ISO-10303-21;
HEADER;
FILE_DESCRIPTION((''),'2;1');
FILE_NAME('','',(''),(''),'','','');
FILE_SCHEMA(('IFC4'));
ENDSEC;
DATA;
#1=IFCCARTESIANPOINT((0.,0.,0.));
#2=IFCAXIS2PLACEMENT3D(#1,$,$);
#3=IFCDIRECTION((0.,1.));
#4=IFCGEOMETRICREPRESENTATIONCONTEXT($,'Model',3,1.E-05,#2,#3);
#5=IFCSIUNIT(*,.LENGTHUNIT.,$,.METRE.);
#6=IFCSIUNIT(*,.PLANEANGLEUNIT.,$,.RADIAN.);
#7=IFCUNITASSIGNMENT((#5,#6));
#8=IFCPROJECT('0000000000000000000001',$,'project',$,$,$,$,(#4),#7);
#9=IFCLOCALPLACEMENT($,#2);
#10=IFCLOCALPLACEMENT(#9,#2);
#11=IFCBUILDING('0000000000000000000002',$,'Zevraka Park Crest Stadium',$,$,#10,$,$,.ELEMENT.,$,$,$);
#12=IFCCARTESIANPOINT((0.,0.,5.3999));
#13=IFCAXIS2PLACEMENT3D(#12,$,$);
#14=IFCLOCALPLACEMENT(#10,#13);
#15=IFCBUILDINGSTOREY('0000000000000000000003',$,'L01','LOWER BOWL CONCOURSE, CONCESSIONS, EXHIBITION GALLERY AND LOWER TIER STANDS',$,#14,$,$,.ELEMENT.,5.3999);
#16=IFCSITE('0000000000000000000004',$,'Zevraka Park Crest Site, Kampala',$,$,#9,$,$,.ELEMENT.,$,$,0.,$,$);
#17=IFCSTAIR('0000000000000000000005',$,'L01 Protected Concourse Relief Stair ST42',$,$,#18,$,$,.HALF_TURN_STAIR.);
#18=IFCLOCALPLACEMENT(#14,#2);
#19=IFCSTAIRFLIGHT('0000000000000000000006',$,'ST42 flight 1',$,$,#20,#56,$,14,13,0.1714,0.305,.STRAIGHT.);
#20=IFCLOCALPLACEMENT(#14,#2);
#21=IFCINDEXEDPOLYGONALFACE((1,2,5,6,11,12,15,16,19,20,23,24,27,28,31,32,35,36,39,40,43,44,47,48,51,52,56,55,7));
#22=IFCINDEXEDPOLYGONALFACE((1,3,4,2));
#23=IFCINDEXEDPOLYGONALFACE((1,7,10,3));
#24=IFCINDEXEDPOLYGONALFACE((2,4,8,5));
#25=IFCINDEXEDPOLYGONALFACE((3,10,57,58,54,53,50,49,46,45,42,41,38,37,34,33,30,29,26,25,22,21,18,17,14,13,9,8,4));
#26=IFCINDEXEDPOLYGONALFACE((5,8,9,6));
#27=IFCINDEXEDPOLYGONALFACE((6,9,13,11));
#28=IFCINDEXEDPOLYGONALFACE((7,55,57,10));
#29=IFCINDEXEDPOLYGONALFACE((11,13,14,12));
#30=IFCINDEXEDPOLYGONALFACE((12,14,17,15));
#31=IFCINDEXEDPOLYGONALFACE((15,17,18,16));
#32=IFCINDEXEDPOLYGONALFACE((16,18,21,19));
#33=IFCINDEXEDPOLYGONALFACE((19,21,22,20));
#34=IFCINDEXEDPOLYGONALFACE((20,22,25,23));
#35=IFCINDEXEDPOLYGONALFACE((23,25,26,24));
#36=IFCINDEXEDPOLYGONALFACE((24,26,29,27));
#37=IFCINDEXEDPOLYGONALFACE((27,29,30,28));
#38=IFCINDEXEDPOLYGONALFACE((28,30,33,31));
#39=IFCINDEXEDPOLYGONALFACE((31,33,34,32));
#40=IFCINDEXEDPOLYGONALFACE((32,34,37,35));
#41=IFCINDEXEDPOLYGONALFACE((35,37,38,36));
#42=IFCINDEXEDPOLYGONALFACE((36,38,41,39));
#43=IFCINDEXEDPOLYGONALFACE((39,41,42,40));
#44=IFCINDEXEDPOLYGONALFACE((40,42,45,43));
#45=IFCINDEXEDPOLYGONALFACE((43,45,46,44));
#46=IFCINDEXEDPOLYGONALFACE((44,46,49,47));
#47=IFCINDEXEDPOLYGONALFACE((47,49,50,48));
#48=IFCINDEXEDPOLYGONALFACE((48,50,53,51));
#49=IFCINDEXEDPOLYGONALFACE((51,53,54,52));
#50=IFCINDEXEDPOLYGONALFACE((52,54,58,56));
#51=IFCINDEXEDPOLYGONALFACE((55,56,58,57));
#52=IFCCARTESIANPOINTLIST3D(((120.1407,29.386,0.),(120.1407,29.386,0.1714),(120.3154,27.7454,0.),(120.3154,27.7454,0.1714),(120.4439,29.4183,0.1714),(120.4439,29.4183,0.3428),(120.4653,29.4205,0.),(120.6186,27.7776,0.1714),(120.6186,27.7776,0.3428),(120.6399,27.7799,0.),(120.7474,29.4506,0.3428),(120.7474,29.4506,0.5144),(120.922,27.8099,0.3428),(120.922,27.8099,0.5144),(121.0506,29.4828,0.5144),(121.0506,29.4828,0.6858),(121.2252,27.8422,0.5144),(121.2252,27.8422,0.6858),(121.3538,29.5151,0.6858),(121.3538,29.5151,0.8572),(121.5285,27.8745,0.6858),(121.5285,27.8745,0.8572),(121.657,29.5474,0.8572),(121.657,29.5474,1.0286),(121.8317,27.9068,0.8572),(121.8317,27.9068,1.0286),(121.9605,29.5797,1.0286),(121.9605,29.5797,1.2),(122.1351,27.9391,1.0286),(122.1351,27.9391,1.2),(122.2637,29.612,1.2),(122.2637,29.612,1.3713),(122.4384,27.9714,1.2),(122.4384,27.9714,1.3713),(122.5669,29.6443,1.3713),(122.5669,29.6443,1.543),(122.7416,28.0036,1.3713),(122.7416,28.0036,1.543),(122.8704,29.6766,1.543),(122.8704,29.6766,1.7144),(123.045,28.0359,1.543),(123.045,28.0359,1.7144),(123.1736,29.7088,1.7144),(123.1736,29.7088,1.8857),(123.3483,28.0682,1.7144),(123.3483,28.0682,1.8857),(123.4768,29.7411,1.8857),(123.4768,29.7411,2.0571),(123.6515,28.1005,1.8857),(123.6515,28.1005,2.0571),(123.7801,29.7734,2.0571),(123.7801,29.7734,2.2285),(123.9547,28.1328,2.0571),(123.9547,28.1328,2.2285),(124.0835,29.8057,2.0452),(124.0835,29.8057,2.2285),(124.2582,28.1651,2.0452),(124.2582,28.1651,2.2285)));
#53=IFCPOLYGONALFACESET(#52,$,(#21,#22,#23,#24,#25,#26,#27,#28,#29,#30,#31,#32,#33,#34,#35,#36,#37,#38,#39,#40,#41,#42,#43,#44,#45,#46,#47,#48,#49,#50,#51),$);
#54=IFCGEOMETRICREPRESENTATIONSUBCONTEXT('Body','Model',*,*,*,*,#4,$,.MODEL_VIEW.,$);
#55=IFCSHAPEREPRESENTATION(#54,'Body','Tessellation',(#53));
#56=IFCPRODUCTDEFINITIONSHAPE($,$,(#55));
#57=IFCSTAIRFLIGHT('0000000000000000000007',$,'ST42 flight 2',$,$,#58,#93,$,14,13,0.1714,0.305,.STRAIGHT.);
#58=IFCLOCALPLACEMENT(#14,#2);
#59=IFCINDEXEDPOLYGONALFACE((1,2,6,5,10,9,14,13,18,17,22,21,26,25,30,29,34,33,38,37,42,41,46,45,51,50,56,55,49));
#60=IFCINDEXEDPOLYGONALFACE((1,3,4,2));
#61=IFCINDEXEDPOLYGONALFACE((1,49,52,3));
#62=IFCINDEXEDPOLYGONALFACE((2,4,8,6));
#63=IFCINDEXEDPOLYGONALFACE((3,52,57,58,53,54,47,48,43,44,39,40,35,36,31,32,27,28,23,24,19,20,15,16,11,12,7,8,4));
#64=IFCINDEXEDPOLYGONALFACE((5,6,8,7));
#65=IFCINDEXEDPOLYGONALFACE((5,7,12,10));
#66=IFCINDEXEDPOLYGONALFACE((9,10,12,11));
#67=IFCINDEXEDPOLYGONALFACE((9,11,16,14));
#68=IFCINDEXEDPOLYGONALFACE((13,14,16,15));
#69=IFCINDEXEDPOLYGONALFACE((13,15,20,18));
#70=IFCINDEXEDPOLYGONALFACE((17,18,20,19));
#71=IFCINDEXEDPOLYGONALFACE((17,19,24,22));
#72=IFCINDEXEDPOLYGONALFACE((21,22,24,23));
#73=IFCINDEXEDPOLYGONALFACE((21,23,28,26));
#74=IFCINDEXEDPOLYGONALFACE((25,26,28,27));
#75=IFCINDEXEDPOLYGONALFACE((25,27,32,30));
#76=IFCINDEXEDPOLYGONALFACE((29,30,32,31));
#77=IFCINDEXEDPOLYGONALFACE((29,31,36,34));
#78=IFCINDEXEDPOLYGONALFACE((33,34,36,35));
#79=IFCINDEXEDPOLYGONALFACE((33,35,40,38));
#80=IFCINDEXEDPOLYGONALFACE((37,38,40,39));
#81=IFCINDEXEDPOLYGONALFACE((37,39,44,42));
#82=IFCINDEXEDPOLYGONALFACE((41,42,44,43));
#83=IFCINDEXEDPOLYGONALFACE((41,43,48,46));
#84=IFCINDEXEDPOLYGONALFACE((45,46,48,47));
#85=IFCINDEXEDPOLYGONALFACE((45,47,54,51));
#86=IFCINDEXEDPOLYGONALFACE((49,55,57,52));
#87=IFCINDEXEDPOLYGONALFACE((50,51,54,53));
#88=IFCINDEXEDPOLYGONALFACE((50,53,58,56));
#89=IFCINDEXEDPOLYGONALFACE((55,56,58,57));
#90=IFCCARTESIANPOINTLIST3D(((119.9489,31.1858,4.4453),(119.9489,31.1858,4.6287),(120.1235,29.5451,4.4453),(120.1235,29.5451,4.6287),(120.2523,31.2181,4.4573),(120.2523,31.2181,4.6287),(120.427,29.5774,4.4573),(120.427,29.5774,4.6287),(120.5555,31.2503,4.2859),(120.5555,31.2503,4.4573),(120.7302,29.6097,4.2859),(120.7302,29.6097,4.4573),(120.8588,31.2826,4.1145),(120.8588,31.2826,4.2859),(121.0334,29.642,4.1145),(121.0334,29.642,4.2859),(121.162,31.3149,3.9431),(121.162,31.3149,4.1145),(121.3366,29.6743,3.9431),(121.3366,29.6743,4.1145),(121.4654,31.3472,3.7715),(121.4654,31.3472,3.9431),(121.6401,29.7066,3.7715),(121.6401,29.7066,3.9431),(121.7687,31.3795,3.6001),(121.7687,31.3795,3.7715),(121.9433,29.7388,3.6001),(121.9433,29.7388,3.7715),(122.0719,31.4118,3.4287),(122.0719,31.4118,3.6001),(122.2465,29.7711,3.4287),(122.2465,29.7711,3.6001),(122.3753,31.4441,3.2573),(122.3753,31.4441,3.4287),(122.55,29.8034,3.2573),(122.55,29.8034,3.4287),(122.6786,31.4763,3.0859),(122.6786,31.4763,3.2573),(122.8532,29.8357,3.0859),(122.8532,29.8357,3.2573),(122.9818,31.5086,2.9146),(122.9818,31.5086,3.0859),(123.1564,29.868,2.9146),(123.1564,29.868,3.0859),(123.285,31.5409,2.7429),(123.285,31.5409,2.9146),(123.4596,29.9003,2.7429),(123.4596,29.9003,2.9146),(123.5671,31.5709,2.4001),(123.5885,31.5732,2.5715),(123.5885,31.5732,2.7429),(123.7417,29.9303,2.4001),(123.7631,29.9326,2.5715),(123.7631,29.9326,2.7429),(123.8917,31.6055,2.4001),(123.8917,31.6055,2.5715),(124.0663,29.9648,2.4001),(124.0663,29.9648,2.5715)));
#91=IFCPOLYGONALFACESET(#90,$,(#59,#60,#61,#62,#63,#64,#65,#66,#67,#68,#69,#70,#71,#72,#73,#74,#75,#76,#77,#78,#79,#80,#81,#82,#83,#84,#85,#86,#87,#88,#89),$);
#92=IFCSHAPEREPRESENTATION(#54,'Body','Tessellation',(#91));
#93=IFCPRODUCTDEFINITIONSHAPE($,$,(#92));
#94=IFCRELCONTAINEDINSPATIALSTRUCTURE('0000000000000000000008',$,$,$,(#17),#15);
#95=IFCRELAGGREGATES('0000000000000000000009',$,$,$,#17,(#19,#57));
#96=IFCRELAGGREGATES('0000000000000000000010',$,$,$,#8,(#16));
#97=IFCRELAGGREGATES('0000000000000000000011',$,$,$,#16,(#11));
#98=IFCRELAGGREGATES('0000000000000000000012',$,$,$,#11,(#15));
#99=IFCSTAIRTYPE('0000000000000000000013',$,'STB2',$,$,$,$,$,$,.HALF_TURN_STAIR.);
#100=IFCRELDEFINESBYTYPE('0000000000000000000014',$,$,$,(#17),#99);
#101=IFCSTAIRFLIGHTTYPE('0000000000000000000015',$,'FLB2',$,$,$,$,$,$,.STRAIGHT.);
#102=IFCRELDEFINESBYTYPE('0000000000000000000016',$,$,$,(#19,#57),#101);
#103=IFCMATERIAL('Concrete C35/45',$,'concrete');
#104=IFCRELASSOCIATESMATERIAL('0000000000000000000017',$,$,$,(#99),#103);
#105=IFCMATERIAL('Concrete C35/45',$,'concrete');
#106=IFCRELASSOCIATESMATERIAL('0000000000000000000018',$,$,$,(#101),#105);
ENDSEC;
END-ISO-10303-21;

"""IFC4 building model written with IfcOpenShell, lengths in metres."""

from ifc_helpers import new_model, si_unit, direction, frame, origin, place, context, subcontext, project, spatial, polyline, outline, extrude, material, type_object, element, aggregate, save


model = new_model("IFC4")

# Units and contexts
model_context = context("Model", 3, precision=1e-05, world=origin(), true_north=direction((0.0, 1.0)))
body_context = subcontext(model_context, "Body", "Model", "MODEL_VIEW")
ifc_project = project(units=[si_unit("LENGTHUNIT", "METRE"), si_unit("PLANEANGLEUNIT", "RADIAN")], contexts=[model_context])

# Site, building, storey
site_placement = place(None, origin())
site = spatial("IfcSite", under=ifc_project, at=site_placement, Name="Zevraka Park Crest Site, Kampala", CompositionType="ELEMENT", RefElevation=0.0)
building_placement = place(site_placement, origin())
building = spatial("IfcBuilding", under=site, at=building_placement, Name="Zevraka Park Crest Stadium", CompositionType="ELEMENT")
storey_placement = place(building_placement, frame((0.0, 0.0, 5.3999)))
storey = spatial("IfcBuildingStorey", under=building, at=storey_placement, Name="L01", Description="LOWER BOWL CONCOURSE, CONCESSIONS, EXHIBITION GALLERY AND LOWER TIER STANDS", CompositionType="ELEMENT", Elevation=5.3999)

# Stair, stair flights
ifc_material_1 = material(Name="Concrete C35/45", Category="concrete")
stair_type = type_object("IfcStairType", Name="STB2", PredefinedType="HALF_TURN_STAIR", material=ifc_material_1)
stair_placement = place(storey_placement, origin())
stair = element("IfcStair", 1, at=stair_placement, inside=storey, type_object=stair_type, Name="L01 Protected Concourse Relief Stair ST42", PredefinedType="HALF_TURN_STAIR")
ifc_material_2 = material(Name="Concrete C35/45", Category="concrete")
stair_flight_type = type_object("IfcStairFlightType", Name="FLB2", PredefinedType="STRAIGHT", material=ifc_material_2)
stair_flight_1_placement = place(storey_placement, frame((120.228, 28.5657, 0.0), z_axis=(0.0, 0.0, 1.0), x_axis=(0.994382, 0.105853, 0.0)))
stair_flight_1 = element("IfcStairFlight", 2, at=stair_flight_1_placement, type_object=stair_flight_type, Name="ST42 flight 1", NumberOfRisers=14, NumberOfTreads=13, PredefinedType="STRAIGHT", RiserHeight=0.1714, TreadLength=0.305, context=body_context, shape_type="SweptSolid", body=[
    extrude(outline(polyline([(0.0, 0.0), (0.0, 0.1714), (0.3049, 0.1714), (0.3049, 0.3428), (0.6101, 0.3428), (0.6101, 0.5144), (0.915, 0.5144), (0.915, 0.6858), (1.22, 0.6858), (1.22, 0.8572), (1.5249, 0.8572), (1.5249, 1.0286), (1.8301, 1.0286), (1.8301, 1.2), (2.135, 1.2), (2.135, 1.3713), (2.4399, 1.3713), (2.4399, 1.543), (2.7451, 1.543), (2.7451, 1.7144), (3.05, 1.7144), (3.05, 1.8857), (3.355, 1.8857), (3.355, 2.0571), (3.6599, 2.0571), (3.6599, 2.2285), (3.9651, 2.2285), (3.9651, 2.3999), (3.9651, 2.0452), (0.3264, 0.0), (0.0, 0.0)])), frame((0.0, 0.825, 0.0), z_axis=(0.0, -1.0, 0.0), x_axis=(1.0, 0.0, 0.0)), (0.0, 0.0, 1.0), 1.6499),
])
stair_flight_2_placement = place(storey_placement, frame((123.979, 30.7852, 2.4001), z_axis=(0.0, 0.0, 1.0), x_axis=(-0.994382, -0.105853, 0.0)))
stair_flight_2 = element("IfcStairFlight", 3, at=stair_flight_2_placement, type_object=stair_flight_type, Name="ST42 flight 2", NumberOfRisers=14, NumberOfTreads=13, PredefinedType="STRAIGHT", RiserHeight=0.1714, TreadLength=0.305, context=body_context, shape_type="SweptSolid", body=[
    extrude(outline(polyline([(0.0, 0.0), (0.0, 0.1714), (0.3049, 0.1714), (0.3049, 0.3428), (0.6101, 0.3428), (0.6101, 0.5144), (0.915, 0.5144), (0.915, 0.6858), (1.22, 0.6858), (1.22, 0.8572), (1.5249, 0.8572), (1.5249, 1.0286), (1.8301, 1.0286), (1.8301, 1.2), (2.135, 1.2), (2.135, 1.3713), (2.4399, 1.3713), (2.4399, 1.543), (2.7451, 1.543), (2.7451, 1.7144), (3.05, 1.7144), (3.05, 1.8857), (3.355, 1.8857), (3.355, 2.0571), (3.6599, 2.0571), (3.6599, 2.2285), (3.9651, 2.2285), (3.9651, 2.3999), (3.9651, 2.0452), (0.3264, 0.0), (0.0, 0.0)])), frame((0.0, 0.825, 0.0), z_axis=(0.0, -1.0, 0.0), x_axis=(1.0, 0.0, 0.0)), (0.0, 0.0, 1.0), 1.6499),
])
aggregate(stair, [stair_flight_1, stair_flight_2])

save(model, "model.ifc")
